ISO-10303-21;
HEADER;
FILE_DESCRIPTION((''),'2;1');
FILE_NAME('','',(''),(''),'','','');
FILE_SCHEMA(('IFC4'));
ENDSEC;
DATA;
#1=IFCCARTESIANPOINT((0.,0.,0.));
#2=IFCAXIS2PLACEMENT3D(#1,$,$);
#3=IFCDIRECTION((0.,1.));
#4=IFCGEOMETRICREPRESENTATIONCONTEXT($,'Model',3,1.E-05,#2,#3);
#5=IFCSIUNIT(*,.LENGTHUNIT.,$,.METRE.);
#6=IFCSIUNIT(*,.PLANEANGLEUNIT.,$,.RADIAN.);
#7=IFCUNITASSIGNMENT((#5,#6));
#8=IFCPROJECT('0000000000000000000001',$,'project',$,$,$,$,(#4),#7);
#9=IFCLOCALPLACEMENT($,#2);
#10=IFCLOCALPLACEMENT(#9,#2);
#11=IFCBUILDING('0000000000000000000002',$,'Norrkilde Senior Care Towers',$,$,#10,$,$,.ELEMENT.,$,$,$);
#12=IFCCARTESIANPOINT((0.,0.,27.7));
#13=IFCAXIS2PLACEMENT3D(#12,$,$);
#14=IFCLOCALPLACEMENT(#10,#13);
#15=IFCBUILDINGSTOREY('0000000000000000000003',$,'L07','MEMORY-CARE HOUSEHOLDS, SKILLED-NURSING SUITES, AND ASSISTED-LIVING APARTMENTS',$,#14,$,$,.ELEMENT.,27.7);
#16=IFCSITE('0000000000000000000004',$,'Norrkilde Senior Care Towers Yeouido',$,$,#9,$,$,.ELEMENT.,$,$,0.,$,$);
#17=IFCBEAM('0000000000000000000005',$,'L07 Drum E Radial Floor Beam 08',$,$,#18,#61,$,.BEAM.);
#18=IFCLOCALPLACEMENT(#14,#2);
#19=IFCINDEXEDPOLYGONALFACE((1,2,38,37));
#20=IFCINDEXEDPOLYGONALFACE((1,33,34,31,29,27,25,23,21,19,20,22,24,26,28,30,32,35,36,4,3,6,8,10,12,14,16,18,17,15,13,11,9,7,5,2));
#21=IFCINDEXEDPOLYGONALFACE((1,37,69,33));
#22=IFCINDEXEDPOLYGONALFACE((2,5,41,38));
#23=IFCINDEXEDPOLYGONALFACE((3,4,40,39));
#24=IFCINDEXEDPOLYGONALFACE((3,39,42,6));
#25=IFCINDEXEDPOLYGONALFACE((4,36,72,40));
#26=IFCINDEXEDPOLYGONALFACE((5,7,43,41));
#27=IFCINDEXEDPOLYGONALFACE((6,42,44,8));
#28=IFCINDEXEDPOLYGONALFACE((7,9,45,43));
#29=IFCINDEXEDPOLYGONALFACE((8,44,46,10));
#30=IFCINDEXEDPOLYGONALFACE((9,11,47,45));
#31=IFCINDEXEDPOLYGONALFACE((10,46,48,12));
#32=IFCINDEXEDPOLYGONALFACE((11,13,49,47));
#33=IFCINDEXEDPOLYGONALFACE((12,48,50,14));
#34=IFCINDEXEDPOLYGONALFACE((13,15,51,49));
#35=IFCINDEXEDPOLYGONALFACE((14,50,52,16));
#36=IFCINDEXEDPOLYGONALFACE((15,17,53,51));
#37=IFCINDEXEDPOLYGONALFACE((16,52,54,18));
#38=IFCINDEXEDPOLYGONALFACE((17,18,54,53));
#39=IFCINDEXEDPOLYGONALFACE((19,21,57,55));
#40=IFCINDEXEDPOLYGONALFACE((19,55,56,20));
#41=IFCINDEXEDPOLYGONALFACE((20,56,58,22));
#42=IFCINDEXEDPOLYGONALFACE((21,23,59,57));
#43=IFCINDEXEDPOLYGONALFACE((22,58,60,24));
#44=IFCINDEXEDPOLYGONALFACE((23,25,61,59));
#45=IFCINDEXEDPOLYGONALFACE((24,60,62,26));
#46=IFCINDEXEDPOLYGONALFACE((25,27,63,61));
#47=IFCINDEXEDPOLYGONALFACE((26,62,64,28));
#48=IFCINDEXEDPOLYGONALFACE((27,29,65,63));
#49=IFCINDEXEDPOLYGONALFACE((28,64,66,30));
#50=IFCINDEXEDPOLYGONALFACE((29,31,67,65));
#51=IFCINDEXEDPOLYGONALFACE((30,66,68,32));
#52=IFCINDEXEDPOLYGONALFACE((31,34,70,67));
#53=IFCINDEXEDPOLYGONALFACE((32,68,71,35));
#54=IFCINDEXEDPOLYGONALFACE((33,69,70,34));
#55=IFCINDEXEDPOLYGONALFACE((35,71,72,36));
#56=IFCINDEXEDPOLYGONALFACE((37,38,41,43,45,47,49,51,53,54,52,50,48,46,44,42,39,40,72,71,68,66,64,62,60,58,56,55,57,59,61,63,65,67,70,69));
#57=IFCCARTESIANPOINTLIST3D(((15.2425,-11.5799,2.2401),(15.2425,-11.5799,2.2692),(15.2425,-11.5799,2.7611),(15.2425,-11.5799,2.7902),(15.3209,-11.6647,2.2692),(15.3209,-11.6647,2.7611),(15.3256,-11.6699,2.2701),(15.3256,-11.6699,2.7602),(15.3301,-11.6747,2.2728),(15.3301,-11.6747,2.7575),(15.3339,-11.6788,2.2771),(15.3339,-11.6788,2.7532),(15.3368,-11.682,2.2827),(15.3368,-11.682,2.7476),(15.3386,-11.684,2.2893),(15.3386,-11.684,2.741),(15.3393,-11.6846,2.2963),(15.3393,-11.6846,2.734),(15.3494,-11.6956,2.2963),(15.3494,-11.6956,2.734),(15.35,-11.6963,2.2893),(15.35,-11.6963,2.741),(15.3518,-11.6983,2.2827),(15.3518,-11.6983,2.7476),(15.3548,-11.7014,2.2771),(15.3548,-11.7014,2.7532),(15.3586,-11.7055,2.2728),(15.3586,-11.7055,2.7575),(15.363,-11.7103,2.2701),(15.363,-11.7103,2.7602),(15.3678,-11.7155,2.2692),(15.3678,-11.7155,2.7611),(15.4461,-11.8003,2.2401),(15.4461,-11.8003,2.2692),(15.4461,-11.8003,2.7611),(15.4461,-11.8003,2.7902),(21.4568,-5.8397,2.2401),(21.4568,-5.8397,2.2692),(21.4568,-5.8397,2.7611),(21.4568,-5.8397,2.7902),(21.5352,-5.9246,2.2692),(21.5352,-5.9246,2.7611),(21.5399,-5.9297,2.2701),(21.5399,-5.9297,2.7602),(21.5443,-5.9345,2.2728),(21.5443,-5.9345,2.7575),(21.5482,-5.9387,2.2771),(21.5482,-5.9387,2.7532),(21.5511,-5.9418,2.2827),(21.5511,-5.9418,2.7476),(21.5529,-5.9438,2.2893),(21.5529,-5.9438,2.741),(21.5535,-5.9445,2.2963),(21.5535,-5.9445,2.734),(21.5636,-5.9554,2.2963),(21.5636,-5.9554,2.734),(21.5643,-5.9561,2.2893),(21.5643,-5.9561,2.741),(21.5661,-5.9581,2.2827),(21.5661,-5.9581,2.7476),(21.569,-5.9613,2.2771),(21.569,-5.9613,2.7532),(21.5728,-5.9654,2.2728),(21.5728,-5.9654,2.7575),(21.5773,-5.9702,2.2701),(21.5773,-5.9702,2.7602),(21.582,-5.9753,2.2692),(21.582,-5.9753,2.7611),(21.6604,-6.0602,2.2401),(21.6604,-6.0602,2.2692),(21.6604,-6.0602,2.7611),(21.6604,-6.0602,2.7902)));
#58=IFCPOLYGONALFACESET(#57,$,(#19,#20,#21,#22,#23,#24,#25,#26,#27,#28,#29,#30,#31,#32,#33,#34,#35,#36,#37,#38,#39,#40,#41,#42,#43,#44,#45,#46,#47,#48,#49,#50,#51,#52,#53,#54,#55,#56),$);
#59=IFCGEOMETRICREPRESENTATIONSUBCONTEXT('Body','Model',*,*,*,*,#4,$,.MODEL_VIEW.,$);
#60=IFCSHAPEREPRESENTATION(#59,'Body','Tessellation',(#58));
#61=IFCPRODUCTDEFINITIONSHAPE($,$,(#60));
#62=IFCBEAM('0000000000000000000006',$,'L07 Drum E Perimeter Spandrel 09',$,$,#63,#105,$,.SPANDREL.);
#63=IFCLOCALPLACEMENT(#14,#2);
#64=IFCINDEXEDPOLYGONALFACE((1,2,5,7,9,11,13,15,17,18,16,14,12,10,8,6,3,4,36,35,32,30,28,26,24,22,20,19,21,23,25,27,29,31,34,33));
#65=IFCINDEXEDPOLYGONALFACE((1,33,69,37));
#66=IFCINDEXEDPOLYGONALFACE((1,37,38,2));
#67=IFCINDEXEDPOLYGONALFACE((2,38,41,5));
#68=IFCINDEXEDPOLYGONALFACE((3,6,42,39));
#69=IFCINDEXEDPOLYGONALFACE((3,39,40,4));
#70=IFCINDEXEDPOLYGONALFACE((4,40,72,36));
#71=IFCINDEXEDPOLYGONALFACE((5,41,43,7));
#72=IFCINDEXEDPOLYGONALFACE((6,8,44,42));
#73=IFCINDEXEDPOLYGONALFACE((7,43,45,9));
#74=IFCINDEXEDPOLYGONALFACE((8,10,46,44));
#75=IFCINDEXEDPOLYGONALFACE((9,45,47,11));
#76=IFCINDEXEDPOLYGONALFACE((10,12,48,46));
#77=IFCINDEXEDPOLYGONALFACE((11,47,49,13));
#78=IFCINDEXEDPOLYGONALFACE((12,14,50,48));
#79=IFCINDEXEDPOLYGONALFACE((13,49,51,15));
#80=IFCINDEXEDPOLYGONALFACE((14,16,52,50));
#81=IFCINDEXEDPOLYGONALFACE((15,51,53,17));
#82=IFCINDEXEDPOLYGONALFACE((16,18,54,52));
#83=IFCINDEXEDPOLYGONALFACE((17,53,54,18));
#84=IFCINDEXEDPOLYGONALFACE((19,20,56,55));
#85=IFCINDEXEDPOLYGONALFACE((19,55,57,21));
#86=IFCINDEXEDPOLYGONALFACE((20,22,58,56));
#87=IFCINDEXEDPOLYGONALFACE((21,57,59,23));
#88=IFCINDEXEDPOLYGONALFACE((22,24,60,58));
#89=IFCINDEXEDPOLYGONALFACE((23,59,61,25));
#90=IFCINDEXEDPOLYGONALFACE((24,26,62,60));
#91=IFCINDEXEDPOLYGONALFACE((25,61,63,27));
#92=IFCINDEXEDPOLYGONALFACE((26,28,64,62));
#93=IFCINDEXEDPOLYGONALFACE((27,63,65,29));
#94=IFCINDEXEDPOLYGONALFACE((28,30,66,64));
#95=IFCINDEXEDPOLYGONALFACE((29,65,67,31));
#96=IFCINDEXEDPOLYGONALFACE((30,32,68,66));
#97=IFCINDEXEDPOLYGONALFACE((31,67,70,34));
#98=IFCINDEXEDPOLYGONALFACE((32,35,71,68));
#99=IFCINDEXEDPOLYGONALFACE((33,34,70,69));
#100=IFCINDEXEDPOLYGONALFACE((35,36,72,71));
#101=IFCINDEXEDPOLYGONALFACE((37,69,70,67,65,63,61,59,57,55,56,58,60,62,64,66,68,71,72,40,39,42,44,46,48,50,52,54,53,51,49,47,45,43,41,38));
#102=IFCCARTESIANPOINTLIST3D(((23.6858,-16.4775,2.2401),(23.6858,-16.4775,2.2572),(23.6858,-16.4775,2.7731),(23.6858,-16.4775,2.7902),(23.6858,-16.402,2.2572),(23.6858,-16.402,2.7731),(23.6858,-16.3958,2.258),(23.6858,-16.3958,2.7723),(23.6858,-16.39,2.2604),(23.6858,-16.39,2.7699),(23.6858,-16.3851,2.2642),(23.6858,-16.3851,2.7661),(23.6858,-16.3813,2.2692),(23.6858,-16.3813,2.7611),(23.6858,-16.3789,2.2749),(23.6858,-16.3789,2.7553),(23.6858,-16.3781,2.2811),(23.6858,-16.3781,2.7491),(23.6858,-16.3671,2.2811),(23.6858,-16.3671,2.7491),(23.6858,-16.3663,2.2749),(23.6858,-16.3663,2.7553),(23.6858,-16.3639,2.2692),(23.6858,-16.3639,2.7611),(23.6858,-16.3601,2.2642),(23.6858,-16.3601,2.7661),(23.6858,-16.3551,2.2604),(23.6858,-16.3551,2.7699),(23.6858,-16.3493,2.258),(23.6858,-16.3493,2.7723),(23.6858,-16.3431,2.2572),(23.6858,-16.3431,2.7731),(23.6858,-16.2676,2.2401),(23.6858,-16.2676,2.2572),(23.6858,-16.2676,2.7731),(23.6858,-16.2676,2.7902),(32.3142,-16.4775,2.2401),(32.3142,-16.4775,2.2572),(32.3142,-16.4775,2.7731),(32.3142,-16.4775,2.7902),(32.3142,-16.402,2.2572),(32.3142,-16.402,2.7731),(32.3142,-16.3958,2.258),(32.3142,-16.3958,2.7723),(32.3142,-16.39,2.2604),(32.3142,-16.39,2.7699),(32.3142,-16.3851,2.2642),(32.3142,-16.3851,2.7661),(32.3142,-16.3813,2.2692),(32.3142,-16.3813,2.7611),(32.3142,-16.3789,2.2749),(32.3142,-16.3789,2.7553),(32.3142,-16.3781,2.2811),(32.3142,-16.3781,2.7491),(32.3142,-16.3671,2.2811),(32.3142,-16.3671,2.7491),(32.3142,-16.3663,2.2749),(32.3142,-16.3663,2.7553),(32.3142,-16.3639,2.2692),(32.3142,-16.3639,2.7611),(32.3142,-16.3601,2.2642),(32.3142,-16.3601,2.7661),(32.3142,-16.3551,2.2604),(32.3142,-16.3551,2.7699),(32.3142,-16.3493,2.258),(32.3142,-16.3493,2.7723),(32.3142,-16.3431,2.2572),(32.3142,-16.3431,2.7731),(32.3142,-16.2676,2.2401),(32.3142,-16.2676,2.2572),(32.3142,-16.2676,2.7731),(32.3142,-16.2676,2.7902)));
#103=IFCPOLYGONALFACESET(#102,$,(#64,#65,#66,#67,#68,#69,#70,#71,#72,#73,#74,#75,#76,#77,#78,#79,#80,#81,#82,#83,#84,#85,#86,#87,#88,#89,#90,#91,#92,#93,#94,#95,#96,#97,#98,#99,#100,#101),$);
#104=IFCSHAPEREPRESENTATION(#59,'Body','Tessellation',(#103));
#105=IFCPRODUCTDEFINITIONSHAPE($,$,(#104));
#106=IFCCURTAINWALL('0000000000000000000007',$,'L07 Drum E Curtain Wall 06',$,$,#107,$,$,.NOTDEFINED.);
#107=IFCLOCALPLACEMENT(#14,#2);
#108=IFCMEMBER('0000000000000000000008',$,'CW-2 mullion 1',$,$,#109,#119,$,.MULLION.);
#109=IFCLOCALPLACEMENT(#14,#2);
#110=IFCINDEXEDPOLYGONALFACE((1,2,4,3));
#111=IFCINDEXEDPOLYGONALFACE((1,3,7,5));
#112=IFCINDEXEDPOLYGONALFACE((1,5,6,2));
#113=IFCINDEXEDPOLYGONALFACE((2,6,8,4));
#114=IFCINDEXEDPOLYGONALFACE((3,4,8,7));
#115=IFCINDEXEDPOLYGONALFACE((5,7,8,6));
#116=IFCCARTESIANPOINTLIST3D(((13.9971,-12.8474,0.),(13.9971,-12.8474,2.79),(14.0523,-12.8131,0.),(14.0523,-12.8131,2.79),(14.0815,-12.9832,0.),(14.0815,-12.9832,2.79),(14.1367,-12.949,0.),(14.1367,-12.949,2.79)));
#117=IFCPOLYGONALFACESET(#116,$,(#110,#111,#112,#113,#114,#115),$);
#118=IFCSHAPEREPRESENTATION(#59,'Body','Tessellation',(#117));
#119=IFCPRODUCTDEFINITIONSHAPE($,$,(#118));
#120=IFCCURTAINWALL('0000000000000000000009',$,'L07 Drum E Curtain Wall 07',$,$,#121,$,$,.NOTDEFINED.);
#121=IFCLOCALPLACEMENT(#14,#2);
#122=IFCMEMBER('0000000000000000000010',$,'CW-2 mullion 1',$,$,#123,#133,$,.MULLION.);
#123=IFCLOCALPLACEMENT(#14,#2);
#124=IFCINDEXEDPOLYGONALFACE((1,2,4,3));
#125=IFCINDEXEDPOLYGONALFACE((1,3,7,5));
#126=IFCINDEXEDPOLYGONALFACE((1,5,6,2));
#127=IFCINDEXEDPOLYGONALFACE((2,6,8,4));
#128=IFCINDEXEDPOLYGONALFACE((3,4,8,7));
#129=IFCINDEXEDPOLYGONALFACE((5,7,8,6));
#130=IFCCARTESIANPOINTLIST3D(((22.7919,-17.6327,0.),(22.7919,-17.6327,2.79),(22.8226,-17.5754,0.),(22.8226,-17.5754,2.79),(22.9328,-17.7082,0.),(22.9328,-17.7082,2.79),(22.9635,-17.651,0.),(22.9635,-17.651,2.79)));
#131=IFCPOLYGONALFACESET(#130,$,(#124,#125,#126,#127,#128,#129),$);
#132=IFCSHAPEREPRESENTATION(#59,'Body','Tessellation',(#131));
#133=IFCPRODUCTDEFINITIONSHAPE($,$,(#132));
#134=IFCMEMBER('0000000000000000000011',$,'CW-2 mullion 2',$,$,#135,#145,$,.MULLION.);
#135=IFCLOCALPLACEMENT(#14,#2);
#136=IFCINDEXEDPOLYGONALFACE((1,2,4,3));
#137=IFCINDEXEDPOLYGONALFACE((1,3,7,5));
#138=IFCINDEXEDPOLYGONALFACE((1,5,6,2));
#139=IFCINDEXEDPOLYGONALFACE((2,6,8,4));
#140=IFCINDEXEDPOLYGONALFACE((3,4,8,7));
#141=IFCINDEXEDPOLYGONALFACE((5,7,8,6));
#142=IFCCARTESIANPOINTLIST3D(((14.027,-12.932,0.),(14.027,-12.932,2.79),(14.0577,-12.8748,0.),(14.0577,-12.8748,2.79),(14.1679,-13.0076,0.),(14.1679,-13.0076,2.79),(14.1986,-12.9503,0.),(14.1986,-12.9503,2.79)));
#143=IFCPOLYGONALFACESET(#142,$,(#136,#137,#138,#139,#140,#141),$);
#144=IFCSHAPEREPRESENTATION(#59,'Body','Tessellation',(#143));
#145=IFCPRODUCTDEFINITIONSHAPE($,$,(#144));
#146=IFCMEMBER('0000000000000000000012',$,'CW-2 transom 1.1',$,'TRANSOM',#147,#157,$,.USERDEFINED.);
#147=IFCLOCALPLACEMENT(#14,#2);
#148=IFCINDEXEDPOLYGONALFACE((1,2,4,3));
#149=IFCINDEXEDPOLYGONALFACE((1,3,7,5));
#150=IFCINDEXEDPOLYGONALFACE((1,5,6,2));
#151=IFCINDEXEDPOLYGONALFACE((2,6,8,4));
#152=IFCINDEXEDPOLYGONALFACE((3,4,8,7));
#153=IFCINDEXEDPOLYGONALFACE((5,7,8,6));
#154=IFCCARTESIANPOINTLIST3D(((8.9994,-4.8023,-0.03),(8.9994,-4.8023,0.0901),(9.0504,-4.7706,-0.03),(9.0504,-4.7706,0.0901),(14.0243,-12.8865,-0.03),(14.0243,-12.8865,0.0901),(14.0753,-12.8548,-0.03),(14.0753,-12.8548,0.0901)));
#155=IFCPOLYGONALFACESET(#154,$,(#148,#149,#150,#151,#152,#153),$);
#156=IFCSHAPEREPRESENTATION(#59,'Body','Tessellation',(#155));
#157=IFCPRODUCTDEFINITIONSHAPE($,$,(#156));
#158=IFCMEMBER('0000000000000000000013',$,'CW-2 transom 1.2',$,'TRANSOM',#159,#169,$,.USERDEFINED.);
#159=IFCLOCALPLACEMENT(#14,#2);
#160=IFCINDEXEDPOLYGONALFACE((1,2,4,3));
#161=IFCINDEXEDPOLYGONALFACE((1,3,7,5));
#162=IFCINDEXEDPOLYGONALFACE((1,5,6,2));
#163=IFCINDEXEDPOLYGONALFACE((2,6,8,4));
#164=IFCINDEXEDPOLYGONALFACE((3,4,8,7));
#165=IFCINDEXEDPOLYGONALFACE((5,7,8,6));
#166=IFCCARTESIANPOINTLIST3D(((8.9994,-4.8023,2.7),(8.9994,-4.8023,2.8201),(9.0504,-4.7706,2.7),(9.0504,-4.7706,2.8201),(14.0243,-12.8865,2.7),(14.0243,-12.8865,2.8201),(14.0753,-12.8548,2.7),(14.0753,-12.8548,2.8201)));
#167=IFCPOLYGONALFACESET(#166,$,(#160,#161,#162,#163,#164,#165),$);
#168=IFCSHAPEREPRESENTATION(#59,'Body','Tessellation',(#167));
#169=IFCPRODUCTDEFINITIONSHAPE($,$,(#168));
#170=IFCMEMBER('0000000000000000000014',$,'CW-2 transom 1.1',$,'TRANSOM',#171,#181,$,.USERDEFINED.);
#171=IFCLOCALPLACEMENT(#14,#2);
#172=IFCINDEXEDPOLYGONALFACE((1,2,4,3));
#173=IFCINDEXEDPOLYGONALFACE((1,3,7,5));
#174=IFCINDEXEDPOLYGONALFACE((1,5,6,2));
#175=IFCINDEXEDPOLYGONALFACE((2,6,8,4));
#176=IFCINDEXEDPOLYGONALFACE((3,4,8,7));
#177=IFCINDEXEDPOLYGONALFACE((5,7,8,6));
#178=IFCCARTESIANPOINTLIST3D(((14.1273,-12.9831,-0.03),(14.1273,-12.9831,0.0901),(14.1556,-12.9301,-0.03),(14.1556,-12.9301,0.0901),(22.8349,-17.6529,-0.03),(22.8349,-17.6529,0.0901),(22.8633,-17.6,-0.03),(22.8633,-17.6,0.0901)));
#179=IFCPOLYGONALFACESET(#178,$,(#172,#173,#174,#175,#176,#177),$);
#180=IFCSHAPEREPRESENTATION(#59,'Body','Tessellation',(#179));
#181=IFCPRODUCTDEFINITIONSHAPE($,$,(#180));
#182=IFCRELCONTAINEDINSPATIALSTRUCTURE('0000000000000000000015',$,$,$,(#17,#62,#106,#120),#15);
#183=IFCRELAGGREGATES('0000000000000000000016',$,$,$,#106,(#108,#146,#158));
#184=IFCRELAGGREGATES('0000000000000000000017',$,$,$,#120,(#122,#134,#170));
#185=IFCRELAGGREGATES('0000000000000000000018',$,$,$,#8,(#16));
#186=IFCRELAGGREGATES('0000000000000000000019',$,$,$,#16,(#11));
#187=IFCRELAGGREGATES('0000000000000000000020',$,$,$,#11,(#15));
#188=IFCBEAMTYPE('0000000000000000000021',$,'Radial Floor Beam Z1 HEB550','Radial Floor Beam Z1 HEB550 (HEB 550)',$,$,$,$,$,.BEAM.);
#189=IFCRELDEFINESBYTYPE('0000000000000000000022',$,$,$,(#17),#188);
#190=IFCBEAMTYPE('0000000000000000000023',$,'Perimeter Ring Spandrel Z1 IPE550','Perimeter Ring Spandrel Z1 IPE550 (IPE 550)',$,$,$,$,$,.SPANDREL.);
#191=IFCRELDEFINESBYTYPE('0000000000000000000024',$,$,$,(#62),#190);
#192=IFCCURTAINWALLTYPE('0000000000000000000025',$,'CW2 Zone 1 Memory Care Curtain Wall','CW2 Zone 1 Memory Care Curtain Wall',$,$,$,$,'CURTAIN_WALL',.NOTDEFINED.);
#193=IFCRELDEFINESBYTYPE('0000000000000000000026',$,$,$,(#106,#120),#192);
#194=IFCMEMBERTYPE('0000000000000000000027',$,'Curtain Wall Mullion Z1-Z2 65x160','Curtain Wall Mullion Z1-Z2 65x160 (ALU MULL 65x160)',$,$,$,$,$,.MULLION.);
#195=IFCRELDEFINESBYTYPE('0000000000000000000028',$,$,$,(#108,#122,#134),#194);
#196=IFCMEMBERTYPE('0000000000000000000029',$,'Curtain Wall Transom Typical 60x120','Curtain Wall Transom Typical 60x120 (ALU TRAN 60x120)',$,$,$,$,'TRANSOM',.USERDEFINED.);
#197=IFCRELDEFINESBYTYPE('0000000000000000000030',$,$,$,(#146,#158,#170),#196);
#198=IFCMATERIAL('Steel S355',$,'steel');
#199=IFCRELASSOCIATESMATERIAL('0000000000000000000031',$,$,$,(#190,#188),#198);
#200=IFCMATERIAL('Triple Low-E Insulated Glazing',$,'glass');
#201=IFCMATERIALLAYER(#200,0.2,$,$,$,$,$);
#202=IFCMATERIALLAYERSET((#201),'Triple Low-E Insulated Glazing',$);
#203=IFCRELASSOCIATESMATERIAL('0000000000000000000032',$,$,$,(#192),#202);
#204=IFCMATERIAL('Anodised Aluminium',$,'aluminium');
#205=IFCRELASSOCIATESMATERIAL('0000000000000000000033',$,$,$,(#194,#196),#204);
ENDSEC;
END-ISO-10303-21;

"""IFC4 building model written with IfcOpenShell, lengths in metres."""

from ifc_helpers import new_model, si_unit, direction, frame, origin, origin_2d, place, context, subcontext, project, spatial, rectangle, i_section, extrude, source, transform, mapped, material, layer, layer_set, material_profile, profile_set, type_object, type_shapes, element, aggregate, save


model = new_model("IFC4")

# Units and contexts
model_context = context("Model", 3, precision=1e-05, world=origin(), true_north=direction((0.0, 1.0)))
body_context = subcontext(model_context, "Body", "Model", "MODEL_VIEW")
ifc_project = project(units=[si_unit("LENGTHUNIT", "METRE"), si_unit("PLANEANGLEUNIT", "RADIAN")], contexts=[model_context])

# Site, building, storey
site_placement = place(None, origin())
site = spatial("IfcSite", under=ifc_project, at=site_placement, Name="Norrkilde Senior Care Towers Yeouido", CompositionType="ELEMENT", RefElevation=0.0)
building_placement = place(site_placement, origin())
building = spatial("IfcBuilding", under=site, at=building_placement, Name="Norrkilde Senior Care Towers", CompositionType="ELEMENT")
storey_placement = place(building_placement, frame((0.0, 0.0, 27.7)))
storey = spatial("IfcBuildingStorey", under=building, at=storey_placement, Name="L07", Description="MEMORY-CARE HOUSEHOLDS, SKILLED-NURSING SUITES, AND ASSISTED-LIVING APARTMENTS", CompositionType="ELEMENT", Elevation=27.7)

# Beams
ifc_material_1 = material(Name="Steel S355", Category="steel")
ifc_material_profile_1 = material_profile(ifc_material_1, i_section(OverallWidth=0.21, OverallDepth=0.55, WebThickness=0.011, FlangeThickness=0.0171, FilletRadius=0.0239, at=origin_2d()), Name="IPE 550")
ifc_profile_set_1 = profile_set([ifc_material_profile_1], Name="Steel S355")
beam_type_1 = type_object("IfcBeamType", Name="Perimeter Ring Spandrel Z1 IPE550", Description="Perimeter Ring Spandrel Z1 IPE550 (IPE 550)", PredefinedType="SPANDREL", material=ifc_profile_set_1)
ifc_material_profile_2 = material_profile(ifc_material_1, i_section(OverallWidth=0.3, OverallDepth=0.55, WebThickness=0.0149, FlangeThickness=0.0291, FilletRadius=0.0271, at=origin_2d()), Name="HEB 550")
ifc_profile_set_2 = profile_set([ifc_material_profile_2], Name="Steel S355")
beam_type_2 = type_object("IfcBeamType", Name="Radial Floor Beam Z1 HEB550", Description="Radial Floor Beam Z1 HEB550 (HEB 550)", PredefinedType="BEAM", material=ifc_profile_set_2)
shared_shape_1 = source(origin(), body_context, "Body", "SweptSolid", [
    extrude(i_section(OverallWidth=0.3, OverallDepth=0.55, WebThickness=0.0149, FlangeThickness=0.0291, FilletRadius=0.0271, at=origin_2d()), origin(), (0.0, 0.0, 1.0), 8.4597),
])
type_shapes(beam_type_2, [shared_shape_1])
beam_1_placement = place(storey_placement, frame((21.5586, -5.95, 2.5151), z_axis=(-0.734573, -0.678529, 0.0), x_axis=(0.678529, -0.734573, 0.0)))
element("IfcBeam", 1, at=beam_1_placement, inside=storey, type_object=beam_type_2, Name="L07 Drum E Radial Floor Beam 08", PredefinedType="BEAM", context=body_context, shape_type="MappedRepresentation", body=[
    mapped(shared_shape_1, transform((0.0, 0.0, 0.0), x_axis=(1.0, 0.0, 0.0), y_axis=(0.0, 1.0, 0.0), z_axis=(0.0, 0.0, 1.0), scale=1.0)),
])
shared_shape_2 = source(origin(), body_context, "Body", "SweptSolid", [
    extrude(i_section(OverallWidth=0.21, OverallDepth=0.55, WebThickness=0.011, FlangeThickness=0.0171, FilletRadius=0.0239, at=origin_2d()), origin(), (0.0, 0.0, 1.0), 8.6284),
])
beam_2_placement = place(storey_placement, frame((23.6858, -16.3726, 2.5151), z_axis=(1.0, 0.0, 0.0), x_axis=(0.0, 1.0, 0.0)))
element("IfcBeam", 2, at=beam_2_placement, inside=storey, type_object=beam_type_1, Name="L07 Drum E Perimeter Spandrel 09", PredefinedType="SPANDREL", context=body_context, shape_type="MappedRepresentation", body=[
    mapped(shared_shape_2, transform((0.0, 0.0, 0.0), x_axis=(1.0, 0.0, 0.0), y_axis=(0.0, 1.0, 0.0), z_axis=(0.0, 0.0, 1.0), scale=1.0)),
])

# Curtain wall, member
ifc_material_2 = material(Name="Triple Low-E Insulated Glazing", Category="glass")
ifc_layer_1 = layer(ifc_material_2, 0.2)
ifc_layer_set_1 = layer_set([ifc_layer_1], Name="Triple Low-E Insulated Glazing")
curtain_wall_type = type_object("IfcCurtainWallType", Name="CW2 Zone 1 Memory Care Curtain Wall", Description="CW2 Zone 1 Memory Care Curtain Wall", ElementType="CURTAIN_WALL", PredefinedType="NOTDEFINED", material=ifc_layer_set_1)
curtain_wall_1_placement = place(storey_placement, origin())
curtain_wall_1 = element("IfcCurtainWall", 3, at=curtain_wall_1_placement, inside=storey, type_object=curtain_wall_type, Name="L07 Drum E Curtain Wall 06", PredefinedType="NOTDEFINED")
ifc_material_3 = material(Name="Anodised Aluminium", Category="aluminium")
ifc_material_profile_3 = material_profile(ifc_material_3, rectangle(XDim=0.0649, YDim=0.1599, at=origin_2d()), Name="ALU MULL 65x160")
ifc_profile_set_3 = profile_set([ifc_material_profile_3], Name="Anodised Aluminium")
member_type_1 = type_object("IfcMemberType", Name="Curtain Wall Mullion Z1-Z2 65x160", Description="Curtain Wall Mullion Z1-Z2 65x160 (ALU MULL 65x160)", PredefinedType="MULLION", material=ifc_profile_set_3)
shared_shape_3 = source(origin(), body_context, "Body", "SweptSolid", [
    extrude(rectangle(XDim=0.0649, YDim=0.1599, at=origin_2d()), origin(), (0.0, 0.0, 1.0), 2.79),
])
type_shapes(member_type_1, [shared_shape_3])
member_1_placement = place(storey_placement, frame((14.0669, -12.8982, 0.0), z_axis=(0.0, 0.0, 1.0), x_axis=(-0.849306, -0.527901, 0.0)))
member_1 = element("IfcMember", 4, at=member_1_placement, type_object=member_type_1, Name="CW-2 mullion 1", PredefinedType="MULLION", context=body_context, shape_type="MappedRepresentation", body=[
    mapped(shared_shape_3, transform((0.0, 0.0, 0.0), x_axis=(1.0, 0.0, 0.0), y_axis=(0.0, 1.0, 0.0), z_axis=(0.0, 0.0, 1.0), scale=1.0)),
])

# Curtain wall, members
curtain_wall_2_placement = place(storey_placement, origin())
curtain_wall_2 = element("IfcCurtainWall", 5, at=curtain_wall_2_placement, inside=storey, type_object=curtain_wall_type, Name="L07 Drum E Curtain Wall 07", PredefinedType="NOTDEFINED")
member_2_placement = place(storey_placement, frame((22.8777, -17.6418, 0.0), z_axis=(0.0, 0.0, 1.0), x_axis=(-0.472608, -0.881273, 0.0)))
member_2 = element("IfcMember", 6, at=member_2_placement, type_object=member_type_1, Name="CW-2 mullion 1", PredefinedType="MULLION", context=body_context, shape_type="MappedRepresentation", body=[
    mapped(shared_shape_3, transform((0.0, 0.0, 0.0), x_axis=(1.0, 0.0, 0.0), y_axis=(0.0, 1.0, 0.0), z_axis=(0.0, 0.0, 1.0), scale=1.0)),
])
member_3_placement = place(storey_placement, frame((14.1128, -12.9412, 0.0), z_axis=(0.0, 0.0, 1.0), x_axis=(-0.472608, -0.881273, 0.0)))
member_3 = element("IfcMember", 7, at=member_3_placement, type_object=member_type_1, Name="CW-2 mullion 2", PredefinedType="MULLION", context=body_context, shape_type="MappedRepresentation", body=[
    mapped(shared_shape_3, transform((0.0, 0.0, 0.0), x_axis=(1.0, 0.0, 0.0), y_axis=(0.0, 1.0, 0.0), z_axis=(0.0, 0.0, 1.0), scale=1.0)),
])

# Members
ifc_material_profile_4 = material_profile(ifc_material_3, rectangle(XDim=0.0601, YDim=0.1201, at=origin_2d()), Name="ALU TRAN 60x120")
ifc_profile_set_4 = profile_set([ifc_material_profile_4], Name="Anodised Aluminium")
member_type_2 = type_object("IfcMemberType", Name="Curtain Wall Transom Typical 60x120", Description="Curtain Wall Transom Typical 60x120 (ALU TRAN 60x120)", ElementType="TRANSOM", PredefinedType="USERDEFINED", material=ifc_profile_set_4)
shared_shape_4 = source(origin(), body_context, "Body", "SweptSolid", [
    extrude(rectangle(XDim=0.0601, YDim=0.1201, at=origin_2d()), origin(), (0.0, 0.0, 1.0), 9.5186),
])
member_4_placement = place(storey_placement, frame((14.0498, -12.8706, 0.03), z_axis=(-0.527902, 0.849306, 0.0), x_axis=(-0.849306, -0.527902, 0.0)))
member_4 = element("IfcMember", 8, at=member_4_placement, type_object=member_type_2, Name="CW-2 transom 1.1", ObjectType="TRANSOM", PredefinedType="USERDEFINED", context=body_context, shape_type="MappedRepresentation", body=[
    mapped(shared_shape_4, transform((0.0, 0.0, 0.0), x_axis=(1.0, 0.0, 0.0), y_axis=(0.0, 1.0, 0.0), z_axis=(0.0, 0.0, 1.0), scale=1.0)),
])
member_5_placement = place(storey_placement, frame((14.0498, -12.8706, 2.76), z_axis=(-0.527902, 0.849306, 0.0), x_axis=(-0.849306, -0.527902, 0.0)))
member_5 = element("IfcMember", 9, at=member_5_placement, type_object=member_type_2, Name="CW-2 transom 1.2", ObjectType="TRANSOM", PredefinedType="USERDEFINED", context=body_context, shape_type="MappedRepresentation", body=[
    mapped(shared_shape_4, transform((0.0, 0.0, 0.0), x_axis=(1.0, 0.0, 0.0), y_axis=(0.0, 1.0, 0.0), z_axis=(0.0, 0.0, 1.0), scale=1.0)),
])
shared_shape_5 = source(origin(), body_context, "Body", "SweptSolid", [
    extrude(rectangle(XDim=0.0601, YDim=0.1201, at=origin_2d()), origin(), (0.0, 0.0, 1.0), 9.8809),
])
type_shapes(member_type_2, [shared_shape_4, shared_shape_5])
member_6_placement = place(storey_placement, frame((22.8491, -17.6265, 0.03), z_axis=(-0.881267, 0.472618, 0.0), x_axis=(-0.472618, -0.881267, 0.0)))
member_6 = element("IfcMember", 10, at=member_6_placement, type_object=member_type_2, Name="CW-2 transom 1.1", ObjectType="TRANSOM", PredefinedType="USERDEFINED", context=body_context, shape_type="MappedRepresentation", body=[
    mapped(shared_shape_5, transform((0.0, 0.0, 0.0), x_axis=(1.0, 0.0, 0.0), y_axis=(0.0, 1.0, 0.0), z_axis=(0.0, 0.0, 1.0), scale=1.0)),
])

aggregate(curtain_wall_1, [member_1, member_4, member_5])
aggregate(curtain_wall_2, [member_2, member_3, member_6])

save(model, "model.ifc")
